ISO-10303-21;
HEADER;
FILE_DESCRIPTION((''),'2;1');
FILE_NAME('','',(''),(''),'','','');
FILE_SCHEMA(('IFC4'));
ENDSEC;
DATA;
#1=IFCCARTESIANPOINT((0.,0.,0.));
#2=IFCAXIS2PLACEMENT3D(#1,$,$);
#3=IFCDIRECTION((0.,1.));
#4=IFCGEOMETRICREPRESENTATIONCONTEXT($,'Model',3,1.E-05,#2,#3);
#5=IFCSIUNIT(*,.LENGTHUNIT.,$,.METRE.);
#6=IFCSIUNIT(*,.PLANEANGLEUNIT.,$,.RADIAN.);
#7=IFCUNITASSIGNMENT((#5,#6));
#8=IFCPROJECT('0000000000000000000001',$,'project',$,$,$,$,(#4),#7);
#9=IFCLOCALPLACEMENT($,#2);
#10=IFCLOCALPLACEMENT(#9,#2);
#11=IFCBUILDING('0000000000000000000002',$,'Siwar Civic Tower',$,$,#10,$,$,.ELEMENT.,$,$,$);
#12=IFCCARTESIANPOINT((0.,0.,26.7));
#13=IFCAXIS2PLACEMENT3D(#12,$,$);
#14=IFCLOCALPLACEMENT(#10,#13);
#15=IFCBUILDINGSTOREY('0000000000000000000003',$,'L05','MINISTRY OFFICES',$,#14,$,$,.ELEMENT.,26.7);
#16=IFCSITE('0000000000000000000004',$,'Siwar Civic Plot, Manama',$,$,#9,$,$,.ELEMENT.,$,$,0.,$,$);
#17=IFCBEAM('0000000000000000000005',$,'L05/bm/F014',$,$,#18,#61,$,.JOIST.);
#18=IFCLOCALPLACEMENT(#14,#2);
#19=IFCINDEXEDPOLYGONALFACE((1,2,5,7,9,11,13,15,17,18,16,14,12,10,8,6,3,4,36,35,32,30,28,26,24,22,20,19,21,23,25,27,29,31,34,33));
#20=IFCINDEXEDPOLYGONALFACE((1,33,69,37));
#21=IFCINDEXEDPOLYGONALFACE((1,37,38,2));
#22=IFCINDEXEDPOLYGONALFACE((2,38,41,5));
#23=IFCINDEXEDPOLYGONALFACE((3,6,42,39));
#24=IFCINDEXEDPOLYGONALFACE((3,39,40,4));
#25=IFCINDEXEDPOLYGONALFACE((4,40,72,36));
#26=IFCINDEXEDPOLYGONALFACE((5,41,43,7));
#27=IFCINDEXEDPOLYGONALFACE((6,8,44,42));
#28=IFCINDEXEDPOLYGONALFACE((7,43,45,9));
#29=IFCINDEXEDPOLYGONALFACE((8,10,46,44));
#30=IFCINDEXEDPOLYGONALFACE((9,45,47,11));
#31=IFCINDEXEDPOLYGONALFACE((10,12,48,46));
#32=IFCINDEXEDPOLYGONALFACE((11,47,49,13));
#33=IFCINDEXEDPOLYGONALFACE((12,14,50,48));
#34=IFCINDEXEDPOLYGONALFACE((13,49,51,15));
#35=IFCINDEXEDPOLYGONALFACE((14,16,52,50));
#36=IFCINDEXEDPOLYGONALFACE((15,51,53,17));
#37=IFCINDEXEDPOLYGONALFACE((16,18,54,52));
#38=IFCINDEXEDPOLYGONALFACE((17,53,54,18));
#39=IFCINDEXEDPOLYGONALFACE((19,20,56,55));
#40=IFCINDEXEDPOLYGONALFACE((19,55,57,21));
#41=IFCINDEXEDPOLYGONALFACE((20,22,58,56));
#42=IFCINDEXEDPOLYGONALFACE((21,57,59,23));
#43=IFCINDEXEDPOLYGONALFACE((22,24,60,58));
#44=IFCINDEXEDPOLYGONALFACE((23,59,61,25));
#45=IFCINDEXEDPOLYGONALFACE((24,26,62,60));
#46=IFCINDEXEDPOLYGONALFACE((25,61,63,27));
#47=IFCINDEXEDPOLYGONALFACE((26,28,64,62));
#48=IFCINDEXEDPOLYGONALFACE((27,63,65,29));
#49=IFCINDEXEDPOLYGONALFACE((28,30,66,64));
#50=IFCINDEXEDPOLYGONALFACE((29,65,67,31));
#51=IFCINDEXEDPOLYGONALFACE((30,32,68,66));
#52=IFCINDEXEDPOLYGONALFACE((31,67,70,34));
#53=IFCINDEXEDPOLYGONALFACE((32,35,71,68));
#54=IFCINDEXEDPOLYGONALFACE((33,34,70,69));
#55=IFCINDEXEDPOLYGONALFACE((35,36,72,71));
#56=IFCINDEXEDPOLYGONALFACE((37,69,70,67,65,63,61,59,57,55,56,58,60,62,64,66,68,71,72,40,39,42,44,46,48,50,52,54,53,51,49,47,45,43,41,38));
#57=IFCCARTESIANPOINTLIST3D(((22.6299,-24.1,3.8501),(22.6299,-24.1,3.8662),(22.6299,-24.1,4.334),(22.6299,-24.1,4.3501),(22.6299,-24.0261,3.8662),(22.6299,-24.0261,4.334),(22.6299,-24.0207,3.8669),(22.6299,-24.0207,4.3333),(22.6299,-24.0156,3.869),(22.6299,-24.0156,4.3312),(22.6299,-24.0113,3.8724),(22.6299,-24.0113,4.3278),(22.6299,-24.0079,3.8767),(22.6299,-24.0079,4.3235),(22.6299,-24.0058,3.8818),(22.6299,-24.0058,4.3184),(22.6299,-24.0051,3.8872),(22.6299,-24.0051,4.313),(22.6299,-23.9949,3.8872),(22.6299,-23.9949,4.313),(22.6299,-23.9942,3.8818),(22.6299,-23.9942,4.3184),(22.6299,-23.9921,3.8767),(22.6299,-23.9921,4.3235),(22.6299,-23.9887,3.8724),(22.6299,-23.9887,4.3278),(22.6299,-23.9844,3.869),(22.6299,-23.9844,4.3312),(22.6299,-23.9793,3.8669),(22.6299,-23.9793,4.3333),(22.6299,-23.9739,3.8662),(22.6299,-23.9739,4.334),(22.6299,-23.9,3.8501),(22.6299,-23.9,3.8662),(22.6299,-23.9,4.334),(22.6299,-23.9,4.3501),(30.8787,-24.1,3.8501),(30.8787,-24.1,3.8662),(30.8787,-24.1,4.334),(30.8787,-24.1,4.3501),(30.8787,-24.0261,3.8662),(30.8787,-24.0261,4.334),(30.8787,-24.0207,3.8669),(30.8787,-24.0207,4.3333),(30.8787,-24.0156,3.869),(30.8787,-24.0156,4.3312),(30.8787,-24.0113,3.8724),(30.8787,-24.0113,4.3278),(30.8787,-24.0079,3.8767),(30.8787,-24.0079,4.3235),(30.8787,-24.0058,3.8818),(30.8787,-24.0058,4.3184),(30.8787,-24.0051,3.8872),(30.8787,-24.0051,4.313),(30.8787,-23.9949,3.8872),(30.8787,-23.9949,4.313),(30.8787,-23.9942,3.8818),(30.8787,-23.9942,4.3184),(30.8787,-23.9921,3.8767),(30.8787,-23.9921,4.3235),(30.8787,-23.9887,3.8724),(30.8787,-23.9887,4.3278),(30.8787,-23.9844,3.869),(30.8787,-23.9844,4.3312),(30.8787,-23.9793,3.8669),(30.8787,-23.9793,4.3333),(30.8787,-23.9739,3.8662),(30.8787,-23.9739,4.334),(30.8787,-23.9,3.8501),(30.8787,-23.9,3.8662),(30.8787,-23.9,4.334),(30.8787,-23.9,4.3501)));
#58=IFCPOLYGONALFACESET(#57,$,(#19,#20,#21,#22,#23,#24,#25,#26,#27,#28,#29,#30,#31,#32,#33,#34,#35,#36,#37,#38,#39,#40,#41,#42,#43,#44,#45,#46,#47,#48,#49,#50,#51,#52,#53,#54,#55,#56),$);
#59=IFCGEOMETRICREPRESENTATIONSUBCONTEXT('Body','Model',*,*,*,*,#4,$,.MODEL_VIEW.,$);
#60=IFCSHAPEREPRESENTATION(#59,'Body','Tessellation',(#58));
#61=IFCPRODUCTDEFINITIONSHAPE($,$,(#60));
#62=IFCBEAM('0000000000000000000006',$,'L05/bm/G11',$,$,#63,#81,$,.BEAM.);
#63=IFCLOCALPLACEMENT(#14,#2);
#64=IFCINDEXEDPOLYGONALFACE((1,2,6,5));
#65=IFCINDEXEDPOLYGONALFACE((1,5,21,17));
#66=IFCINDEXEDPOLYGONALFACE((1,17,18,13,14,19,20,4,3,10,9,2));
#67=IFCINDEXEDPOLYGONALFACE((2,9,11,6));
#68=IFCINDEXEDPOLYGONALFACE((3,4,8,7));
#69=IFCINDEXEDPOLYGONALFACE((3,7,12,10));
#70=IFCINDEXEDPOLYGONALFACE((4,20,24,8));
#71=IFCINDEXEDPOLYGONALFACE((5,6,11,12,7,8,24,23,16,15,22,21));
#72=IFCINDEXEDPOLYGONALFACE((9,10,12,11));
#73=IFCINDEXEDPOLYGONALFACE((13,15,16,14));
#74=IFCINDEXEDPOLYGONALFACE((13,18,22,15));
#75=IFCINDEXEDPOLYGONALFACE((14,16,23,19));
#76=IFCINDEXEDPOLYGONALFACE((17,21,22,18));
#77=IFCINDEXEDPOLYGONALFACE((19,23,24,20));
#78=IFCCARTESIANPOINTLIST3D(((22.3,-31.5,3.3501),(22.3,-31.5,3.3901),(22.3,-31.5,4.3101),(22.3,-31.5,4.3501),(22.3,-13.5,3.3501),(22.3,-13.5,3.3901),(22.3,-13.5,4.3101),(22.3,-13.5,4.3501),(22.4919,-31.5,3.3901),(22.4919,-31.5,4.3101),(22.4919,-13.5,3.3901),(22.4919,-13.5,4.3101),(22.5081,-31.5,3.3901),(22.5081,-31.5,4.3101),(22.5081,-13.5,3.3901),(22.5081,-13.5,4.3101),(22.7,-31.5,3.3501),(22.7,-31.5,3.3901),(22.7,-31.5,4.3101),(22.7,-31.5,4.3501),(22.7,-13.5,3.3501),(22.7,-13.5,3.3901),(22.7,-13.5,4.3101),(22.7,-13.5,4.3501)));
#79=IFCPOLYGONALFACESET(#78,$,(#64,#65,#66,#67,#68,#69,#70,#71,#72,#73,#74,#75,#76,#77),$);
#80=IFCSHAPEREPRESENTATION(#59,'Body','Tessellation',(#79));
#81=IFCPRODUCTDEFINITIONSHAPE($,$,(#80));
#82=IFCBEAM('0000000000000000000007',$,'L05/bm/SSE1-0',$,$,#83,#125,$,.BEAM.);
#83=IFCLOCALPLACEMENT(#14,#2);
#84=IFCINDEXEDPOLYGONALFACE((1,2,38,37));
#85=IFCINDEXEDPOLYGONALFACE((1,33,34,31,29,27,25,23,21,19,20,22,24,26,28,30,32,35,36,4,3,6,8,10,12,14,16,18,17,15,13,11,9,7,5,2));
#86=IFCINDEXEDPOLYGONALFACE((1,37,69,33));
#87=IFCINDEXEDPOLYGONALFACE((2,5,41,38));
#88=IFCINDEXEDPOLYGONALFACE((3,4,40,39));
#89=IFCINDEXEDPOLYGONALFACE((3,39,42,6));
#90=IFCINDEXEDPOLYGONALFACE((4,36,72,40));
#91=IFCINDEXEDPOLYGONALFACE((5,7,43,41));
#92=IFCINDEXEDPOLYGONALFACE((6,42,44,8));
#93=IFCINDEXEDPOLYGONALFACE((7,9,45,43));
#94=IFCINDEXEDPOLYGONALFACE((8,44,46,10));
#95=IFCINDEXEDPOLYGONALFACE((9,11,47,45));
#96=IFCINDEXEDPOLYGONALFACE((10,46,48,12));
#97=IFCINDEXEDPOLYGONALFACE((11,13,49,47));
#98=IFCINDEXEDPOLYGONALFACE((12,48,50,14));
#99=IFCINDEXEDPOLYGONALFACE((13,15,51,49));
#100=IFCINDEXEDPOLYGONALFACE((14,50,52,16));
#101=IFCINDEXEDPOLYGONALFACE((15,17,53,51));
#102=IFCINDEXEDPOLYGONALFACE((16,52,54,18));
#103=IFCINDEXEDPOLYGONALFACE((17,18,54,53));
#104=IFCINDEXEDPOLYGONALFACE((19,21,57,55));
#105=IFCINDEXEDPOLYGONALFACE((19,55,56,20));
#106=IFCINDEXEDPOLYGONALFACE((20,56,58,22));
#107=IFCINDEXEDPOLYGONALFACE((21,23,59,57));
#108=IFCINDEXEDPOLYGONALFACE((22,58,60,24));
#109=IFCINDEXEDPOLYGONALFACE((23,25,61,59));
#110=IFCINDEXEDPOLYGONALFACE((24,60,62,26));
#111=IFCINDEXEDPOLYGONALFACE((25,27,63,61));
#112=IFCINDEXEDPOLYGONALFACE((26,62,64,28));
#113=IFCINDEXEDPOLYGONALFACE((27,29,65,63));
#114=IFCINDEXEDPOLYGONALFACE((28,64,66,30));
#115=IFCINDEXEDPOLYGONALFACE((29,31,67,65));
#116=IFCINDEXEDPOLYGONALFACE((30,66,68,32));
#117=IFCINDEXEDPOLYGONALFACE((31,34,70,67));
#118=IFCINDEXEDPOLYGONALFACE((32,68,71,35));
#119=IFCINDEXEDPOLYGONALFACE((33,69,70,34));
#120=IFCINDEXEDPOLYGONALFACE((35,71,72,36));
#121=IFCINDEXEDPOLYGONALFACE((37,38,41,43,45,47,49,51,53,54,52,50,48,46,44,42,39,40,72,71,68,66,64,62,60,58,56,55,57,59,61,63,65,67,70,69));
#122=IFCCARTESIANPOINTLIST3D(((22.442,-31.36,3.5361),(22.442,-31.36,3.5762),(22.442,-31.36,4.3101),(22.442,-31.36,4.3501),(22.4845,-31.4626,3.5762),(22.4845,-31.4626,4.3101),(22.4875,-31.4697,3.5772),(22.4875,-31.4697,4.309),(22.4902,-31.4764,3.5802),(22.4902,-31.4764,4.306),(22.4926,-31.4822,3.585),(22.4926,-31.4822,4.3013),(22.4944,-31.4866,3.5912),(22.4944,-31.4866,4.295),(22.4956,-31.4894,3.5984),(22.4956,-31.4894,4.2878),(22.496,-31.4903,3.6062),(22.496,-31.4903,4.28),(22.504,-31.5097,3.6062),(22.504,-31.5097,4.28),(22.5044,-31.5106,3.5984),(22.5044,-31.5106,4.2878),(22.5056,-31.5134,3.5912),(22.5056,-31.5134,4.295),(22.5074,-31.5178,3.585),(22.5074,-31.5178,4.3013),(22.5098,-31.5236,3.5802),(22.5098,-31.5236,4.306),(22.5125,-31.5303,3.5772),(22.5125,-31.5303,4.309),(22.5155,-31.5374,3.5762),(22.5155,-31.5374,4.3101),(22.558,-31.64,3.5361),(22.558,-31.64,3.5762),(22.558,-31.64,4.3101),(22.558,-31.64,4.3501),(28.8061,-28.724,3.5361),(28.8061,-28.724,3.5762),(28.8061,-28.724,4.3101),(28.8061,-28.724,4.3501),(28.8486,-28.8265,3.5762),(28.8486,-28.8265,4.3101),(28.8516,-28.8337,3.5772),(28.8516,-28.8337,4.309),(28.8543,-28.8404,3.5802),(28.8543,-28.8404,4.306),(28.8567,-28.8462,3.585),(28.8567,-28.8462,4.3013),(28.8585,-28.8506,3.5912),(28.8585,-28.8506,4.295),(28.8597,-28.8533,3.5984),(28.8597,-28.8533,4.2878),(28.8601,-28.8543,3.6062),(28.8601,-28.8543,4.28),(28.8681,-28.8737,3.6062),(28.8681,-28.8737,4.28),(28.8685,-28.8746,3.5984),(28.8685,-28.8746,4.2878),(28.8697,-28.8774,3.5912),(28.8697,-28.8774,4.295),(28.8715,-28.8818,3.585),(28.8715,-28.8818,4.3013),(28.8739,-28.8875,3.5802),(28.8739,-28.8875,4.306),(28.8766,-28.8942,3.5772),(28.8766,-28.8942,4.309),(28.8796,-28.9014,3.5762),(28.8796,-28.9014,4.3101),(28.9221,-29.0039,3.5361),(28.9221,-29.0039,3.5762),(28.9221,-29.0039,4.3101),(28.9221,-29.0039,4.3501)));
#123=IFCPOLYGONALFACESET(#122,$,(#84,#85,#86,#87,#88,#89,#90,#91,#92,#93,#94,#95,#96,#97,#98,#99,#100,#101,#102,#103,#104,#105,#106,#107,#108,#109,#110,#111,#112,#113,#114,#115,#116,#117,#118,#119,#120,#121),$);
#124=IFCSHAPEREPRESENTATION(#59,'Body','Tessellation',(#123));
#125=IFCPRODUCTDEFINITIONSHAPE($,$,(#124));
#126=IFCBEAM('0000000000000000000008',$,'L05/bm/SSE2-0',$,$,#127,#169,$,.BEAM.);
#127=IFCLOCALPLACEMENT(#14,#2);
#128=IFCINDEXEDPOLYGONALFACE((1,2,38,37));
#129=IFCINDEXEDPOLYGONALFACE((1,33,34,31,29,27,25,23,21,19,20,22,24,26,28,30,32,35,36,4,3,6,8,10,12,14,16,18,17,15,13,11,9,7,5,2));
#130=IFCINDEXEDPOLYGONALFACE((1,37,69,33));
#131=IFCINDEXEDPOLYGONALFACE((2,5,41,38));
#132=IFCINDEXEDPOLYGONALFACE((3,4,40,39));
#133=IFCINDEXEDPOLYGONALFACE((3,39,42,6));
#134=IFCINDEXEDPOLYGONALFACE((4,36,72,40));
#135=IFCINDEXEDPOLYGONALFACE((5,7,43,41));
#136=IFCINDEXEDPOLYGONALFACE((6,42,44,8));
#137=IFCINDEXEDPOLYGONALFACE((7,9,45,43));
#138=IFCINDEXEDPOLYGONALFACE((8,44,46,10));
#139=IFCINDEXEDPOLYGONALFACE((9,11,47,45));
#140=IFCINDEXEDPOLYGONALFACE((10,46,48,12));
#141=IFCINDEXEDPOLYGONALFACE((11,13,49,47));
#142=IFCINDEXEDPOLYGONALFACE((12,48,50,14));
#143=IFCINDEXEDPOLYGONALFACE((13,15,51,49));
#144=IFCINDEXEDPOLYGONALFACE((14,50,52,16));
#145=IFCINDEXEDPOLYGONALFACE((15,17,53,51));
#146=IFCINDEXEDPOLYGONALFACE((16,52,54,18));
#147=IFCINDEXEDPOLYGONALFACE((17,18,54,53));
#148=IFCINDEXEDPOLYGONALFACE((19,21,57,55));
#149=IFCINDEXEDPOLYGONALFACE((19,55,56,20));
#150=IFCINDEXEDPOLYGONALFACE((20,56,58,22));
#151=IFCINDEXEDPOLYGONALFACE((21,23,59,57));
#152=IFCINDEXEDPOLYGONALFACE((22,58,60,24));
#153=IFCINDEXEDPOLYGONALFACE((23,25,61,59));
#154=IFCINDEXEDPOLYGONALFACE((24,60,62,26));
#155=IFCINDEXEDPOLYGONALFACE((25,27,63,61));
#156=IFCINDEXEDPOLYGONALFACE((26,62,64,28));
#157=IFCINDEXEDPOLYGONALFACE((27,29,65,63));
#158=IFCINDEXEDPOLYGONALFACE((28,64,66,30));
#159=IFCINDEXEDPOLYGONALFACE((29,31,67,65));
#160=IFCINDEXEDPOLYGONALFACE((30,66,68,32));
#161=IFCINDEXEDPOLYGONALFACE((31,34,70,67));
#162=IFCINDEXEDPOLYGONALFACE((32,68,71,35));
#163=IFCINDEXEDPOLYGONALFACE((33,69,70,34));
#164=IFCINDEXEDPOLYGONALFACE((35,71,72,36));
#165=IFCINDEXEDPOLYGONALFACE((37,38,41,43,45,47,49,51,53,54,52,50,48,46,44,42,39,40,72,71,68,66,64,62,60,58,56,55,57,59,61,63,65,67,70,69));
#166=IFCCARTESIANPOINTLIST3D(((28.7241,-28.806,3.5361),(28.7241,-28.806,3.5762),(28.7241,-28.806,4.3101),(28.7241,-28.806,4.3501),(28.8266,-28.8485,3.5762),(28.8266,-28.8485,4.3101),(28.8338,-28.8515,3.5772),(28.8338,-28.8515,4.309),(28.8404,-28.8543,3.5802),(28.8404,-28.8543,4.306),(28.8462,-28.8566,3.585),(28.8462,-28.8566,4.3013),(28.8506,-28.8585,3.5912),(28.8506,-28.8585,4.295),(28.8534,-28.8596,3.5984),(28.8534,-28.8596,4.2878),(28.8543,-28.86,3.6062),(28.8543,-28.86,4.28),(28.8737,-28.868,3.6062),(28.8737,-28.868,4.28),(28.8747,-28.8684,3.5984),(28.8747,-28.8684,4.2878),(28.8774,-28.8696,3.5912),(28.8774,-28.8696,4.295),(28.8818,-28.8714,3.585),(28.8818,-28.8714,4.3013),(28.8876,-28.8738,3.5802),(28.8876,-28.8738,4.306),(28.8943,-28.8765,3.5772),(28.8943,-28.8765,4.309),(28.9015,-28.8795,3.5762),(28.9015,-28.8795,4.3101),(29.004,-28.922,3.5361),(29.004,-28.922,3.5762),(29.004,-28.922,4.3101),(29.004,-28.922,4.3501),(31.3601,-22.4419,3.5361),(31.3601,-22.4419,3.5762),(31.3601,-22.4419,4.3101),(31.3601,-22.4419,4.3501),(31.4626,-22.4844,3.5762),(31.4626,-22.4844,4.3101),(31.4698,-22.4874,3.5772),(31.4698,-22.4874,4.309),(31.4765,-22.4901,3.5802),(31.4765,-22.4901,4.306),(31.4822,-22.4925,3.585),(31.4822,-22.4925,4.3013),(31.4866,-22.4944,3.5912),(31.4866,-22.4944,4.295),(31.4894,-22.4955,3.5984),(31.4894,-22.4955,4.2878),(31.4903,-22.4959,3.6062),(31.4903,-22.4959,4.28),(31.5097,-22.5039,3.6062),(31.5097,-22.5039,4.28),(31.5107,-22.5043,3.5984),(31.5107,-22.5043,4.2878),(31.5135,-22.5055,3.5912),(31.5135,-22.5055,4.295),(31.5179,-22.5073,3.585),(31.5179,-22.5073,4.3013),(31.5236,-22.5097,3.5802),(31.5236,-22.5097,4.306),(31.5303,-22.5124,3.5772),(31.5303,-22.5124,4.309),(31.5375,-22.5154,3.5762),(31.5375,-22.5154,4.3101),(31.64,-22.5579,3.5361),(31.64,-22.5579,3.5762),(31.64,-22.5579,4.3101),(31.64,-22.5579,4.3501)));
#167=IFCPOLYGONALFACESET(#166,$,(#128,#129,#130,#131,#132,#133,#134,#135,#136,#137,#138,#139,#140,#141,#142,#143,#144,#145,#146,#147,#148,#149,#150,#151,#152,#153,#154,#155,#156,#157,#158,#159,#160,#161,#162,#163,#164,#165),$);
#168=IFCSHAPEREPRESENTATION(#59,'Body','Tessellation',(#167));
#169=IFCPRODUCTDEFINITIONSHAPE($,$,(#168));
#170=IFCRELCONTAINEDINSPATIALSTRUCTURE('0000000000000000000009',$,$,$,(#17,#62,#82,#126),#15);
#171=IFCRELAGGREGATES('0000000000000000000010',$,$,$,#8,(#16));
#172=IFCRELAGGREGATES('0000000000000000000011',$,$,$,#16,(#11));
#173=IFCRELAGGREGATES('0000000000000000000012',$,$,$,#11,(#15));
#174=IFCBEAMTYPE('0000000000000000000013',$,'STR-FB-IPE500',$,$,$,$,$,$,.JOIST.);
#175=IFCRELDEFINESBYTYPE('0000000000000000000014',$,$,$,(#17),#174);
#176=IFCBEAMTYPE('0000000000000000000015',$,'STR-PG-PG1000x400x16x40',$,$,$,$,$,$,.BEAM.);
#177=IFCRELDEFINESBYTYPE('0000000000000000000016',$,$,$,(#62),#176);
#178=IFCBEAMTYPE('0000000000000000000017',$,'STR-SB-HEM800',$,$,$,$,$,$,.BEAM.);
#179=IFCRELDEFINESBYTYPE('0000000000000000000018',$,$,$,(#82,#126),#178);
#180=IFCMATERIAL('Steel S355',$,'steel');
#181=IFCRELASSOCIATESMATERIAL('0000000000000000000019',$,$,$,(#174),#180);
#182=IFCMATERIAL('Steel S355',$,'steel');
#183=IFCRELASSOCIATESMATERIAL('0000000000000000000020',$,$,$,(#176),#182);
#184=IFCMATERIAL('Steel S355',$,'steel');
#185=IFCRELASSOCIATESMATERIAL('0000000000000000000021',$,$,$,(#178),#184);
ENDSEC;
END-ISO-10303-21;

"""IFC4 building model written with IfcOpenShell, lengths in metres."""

from ifc_helpers import new_model, si_unit, direction, frame, origin, origin_2d, place, context, subcontext, project, spatial, i_section, extrude, material, material_profile, profile_set, type_object, element, save


model = new_model("IFC4")

# Units and contexts
model_context = context("Model", 3, precision=1e-05, world=origin(), true_north=direction((0.0, 1.0)))
body_context = subcontext(model_context, "Body", "Model", "MODEL_VIEW")
ifc_project = project(units=[si_unit("LENGTHUNIT", "METRE"), si_unit("PLANEANGLEUNIT", "RADIAN")], contexts=[model_context])

# Site, building, storey
site_placement = place(None, origin())
site = spatial("IfcSite", under=ifc_project, at=site_placement, Name="Siwar Civic Plot, Manama", CompositionType="ELEMENT", RefElevation=0.0)
building_placement = place(site_placement, origin())
building = spatial("IfcBuilding", under=site, at=building_placement, Name="Siwar Civic Tower", CompositionType="ELEMENT")
storey_placement = place(building_placement, frame((0.0, 0.0, 26.7)))
storey = spatial("IfcBuildingStorey", under=building, at=storey_placement, Name="L05", Description="MINISTRY OFFICES", CompositionType="ELEMENT", Elevation=26.7)

# Beams
ifc_material_1 = material(Name="Steel S355", Category="steel")
ifc_material_profile_1 = material_profile(ifc_material_1, i_section(OverallWidth=0.2, OverallDepth=0.5, WebThickness=0.0103, FlangeThickness=0.0161, FilletRadius=0.021, at=origin_2d()), Name="IPE500")
ifc_profile_set_1 = profile_set([ifc_material_profile_1], Name="Steel S355")
beam_type_1 = type_object("IfcBeamType", Name="STR-FB-IPE500", PredefinedType="JOIST", material=ifc_profile_set_1)
beam_1_placement = place(storey_placement, frame((22.6299, -24.0, 4.1001), z_axis=(1.0, 0.0, 0.0), x_axis=(0.0, 1.0, 0.0)))
element("IfcBeam", 1, at=beam_1_placement, inside=storey, type_object=beam_type_1, Name="L05/bm/F014", PredefinedType="JOIST", context=body_context, shape_type="SweptSolid", body=[
    extrude(i_section(OverallWidth=0.2, OverallDepth=0.5, WebThickness=0.0103, FlangeThickness=0.0161, FilletRadius=0.021, at=origin_2d()), origin(), (0.0, 0.0, 1.0), 8.2488),
])
ifc_material_2 = material(Name="Steel S355", Category="steel")
ifc_material_profile_2 = material_profile(ifc_material_2, i_section(OverallWidth=0.3999, OverallDepth=1.0, WebThickness=0.0161, FlangeThickness=0.04, at=origin_2d()), Name="PG1000x400x16x40")
ifc_profile_set_2 = profile_set([ifc_material_profile_2], Name="Steel S355")
beam_type_2 = type_object("IfcBeamType", Name="STR-PG-PG1000x400x16x40", PredefinedType="BEAM", material=ifc_profile_set_2)
beam_2_placement = place(storey_placement, frame((22.5, -31.5, 3.8501), z_axis=(0.0, 1.0, 0.0), x_axis=(-1.0, 0.0, 0.0)))
element("IfcBeam", 2, at=beam_2_placement, inside=storey, type_object=beam_type_2, Name="L05/bm/G11", PredefinedType="BEAM", context=body_context, shape_type="SweptSolid", body=[
    extrude(i_section(OverallWidth=0.3999, OverallDepth=1.0, WebThickness=0.0161, FlangeThickness=0.04, at=origin_2d()), origin(), (0.0, 0.0, 1.0), 18.0),
])
ifc_material_3 = material(Name="Steel S355", Category="steel")
ifc_material_profile_3 = material_profile(ifc_material_3, i_section(OverallWidth=0.303, OverallDepth=0.814, WebThickness=0.021, FlangeThickness=0.04, FilletRadius=0.03, at=origin_2d()), Name="HEM800")
ifc_profile_set_3 = profile_set([ifc_material_profile_3], Name="Steel S355")
beam_type_3 = type_object("IfcBeamType", Name="STR-SB-HEM800", PredefinedType="BEAM", material=ifc_profile_set_3)
for number, where, z_axis, x_axis, name in (
    (3, (22.5, -31.5, 3.9431), (0.923883, 0.382674, 0.0), (-0.382674, 0.923883, 0.0), "L05/bm/SSE1-0"),
    (4, (28.864, -28.864, 3.9431), (0.382674, 0.923883, 0.0), (-0.923883, 0.382674, 0.0), "L05/bm/SSE2-0"),
):
    element("IfcBeam", number, at=place(storey_placement, frame(where, z_axis=z_axis, x_axis=x_axis)), inside=storey, type_object=beam_type_3, Name=name, PredefinedType="BEAM", context=body_context, shape_type="SweptSolid", body=[
        extrude(i_section(OverallWidth=0.303, OverallDepth=0.814, WebThickness=0.021, FlangeThickness=0.04, FilletRadius=0.03, at=origin_2d()), origin(), (0.0, 0.0, 1.0), 6.8884),
    ])

save(model, "model.ifc")
